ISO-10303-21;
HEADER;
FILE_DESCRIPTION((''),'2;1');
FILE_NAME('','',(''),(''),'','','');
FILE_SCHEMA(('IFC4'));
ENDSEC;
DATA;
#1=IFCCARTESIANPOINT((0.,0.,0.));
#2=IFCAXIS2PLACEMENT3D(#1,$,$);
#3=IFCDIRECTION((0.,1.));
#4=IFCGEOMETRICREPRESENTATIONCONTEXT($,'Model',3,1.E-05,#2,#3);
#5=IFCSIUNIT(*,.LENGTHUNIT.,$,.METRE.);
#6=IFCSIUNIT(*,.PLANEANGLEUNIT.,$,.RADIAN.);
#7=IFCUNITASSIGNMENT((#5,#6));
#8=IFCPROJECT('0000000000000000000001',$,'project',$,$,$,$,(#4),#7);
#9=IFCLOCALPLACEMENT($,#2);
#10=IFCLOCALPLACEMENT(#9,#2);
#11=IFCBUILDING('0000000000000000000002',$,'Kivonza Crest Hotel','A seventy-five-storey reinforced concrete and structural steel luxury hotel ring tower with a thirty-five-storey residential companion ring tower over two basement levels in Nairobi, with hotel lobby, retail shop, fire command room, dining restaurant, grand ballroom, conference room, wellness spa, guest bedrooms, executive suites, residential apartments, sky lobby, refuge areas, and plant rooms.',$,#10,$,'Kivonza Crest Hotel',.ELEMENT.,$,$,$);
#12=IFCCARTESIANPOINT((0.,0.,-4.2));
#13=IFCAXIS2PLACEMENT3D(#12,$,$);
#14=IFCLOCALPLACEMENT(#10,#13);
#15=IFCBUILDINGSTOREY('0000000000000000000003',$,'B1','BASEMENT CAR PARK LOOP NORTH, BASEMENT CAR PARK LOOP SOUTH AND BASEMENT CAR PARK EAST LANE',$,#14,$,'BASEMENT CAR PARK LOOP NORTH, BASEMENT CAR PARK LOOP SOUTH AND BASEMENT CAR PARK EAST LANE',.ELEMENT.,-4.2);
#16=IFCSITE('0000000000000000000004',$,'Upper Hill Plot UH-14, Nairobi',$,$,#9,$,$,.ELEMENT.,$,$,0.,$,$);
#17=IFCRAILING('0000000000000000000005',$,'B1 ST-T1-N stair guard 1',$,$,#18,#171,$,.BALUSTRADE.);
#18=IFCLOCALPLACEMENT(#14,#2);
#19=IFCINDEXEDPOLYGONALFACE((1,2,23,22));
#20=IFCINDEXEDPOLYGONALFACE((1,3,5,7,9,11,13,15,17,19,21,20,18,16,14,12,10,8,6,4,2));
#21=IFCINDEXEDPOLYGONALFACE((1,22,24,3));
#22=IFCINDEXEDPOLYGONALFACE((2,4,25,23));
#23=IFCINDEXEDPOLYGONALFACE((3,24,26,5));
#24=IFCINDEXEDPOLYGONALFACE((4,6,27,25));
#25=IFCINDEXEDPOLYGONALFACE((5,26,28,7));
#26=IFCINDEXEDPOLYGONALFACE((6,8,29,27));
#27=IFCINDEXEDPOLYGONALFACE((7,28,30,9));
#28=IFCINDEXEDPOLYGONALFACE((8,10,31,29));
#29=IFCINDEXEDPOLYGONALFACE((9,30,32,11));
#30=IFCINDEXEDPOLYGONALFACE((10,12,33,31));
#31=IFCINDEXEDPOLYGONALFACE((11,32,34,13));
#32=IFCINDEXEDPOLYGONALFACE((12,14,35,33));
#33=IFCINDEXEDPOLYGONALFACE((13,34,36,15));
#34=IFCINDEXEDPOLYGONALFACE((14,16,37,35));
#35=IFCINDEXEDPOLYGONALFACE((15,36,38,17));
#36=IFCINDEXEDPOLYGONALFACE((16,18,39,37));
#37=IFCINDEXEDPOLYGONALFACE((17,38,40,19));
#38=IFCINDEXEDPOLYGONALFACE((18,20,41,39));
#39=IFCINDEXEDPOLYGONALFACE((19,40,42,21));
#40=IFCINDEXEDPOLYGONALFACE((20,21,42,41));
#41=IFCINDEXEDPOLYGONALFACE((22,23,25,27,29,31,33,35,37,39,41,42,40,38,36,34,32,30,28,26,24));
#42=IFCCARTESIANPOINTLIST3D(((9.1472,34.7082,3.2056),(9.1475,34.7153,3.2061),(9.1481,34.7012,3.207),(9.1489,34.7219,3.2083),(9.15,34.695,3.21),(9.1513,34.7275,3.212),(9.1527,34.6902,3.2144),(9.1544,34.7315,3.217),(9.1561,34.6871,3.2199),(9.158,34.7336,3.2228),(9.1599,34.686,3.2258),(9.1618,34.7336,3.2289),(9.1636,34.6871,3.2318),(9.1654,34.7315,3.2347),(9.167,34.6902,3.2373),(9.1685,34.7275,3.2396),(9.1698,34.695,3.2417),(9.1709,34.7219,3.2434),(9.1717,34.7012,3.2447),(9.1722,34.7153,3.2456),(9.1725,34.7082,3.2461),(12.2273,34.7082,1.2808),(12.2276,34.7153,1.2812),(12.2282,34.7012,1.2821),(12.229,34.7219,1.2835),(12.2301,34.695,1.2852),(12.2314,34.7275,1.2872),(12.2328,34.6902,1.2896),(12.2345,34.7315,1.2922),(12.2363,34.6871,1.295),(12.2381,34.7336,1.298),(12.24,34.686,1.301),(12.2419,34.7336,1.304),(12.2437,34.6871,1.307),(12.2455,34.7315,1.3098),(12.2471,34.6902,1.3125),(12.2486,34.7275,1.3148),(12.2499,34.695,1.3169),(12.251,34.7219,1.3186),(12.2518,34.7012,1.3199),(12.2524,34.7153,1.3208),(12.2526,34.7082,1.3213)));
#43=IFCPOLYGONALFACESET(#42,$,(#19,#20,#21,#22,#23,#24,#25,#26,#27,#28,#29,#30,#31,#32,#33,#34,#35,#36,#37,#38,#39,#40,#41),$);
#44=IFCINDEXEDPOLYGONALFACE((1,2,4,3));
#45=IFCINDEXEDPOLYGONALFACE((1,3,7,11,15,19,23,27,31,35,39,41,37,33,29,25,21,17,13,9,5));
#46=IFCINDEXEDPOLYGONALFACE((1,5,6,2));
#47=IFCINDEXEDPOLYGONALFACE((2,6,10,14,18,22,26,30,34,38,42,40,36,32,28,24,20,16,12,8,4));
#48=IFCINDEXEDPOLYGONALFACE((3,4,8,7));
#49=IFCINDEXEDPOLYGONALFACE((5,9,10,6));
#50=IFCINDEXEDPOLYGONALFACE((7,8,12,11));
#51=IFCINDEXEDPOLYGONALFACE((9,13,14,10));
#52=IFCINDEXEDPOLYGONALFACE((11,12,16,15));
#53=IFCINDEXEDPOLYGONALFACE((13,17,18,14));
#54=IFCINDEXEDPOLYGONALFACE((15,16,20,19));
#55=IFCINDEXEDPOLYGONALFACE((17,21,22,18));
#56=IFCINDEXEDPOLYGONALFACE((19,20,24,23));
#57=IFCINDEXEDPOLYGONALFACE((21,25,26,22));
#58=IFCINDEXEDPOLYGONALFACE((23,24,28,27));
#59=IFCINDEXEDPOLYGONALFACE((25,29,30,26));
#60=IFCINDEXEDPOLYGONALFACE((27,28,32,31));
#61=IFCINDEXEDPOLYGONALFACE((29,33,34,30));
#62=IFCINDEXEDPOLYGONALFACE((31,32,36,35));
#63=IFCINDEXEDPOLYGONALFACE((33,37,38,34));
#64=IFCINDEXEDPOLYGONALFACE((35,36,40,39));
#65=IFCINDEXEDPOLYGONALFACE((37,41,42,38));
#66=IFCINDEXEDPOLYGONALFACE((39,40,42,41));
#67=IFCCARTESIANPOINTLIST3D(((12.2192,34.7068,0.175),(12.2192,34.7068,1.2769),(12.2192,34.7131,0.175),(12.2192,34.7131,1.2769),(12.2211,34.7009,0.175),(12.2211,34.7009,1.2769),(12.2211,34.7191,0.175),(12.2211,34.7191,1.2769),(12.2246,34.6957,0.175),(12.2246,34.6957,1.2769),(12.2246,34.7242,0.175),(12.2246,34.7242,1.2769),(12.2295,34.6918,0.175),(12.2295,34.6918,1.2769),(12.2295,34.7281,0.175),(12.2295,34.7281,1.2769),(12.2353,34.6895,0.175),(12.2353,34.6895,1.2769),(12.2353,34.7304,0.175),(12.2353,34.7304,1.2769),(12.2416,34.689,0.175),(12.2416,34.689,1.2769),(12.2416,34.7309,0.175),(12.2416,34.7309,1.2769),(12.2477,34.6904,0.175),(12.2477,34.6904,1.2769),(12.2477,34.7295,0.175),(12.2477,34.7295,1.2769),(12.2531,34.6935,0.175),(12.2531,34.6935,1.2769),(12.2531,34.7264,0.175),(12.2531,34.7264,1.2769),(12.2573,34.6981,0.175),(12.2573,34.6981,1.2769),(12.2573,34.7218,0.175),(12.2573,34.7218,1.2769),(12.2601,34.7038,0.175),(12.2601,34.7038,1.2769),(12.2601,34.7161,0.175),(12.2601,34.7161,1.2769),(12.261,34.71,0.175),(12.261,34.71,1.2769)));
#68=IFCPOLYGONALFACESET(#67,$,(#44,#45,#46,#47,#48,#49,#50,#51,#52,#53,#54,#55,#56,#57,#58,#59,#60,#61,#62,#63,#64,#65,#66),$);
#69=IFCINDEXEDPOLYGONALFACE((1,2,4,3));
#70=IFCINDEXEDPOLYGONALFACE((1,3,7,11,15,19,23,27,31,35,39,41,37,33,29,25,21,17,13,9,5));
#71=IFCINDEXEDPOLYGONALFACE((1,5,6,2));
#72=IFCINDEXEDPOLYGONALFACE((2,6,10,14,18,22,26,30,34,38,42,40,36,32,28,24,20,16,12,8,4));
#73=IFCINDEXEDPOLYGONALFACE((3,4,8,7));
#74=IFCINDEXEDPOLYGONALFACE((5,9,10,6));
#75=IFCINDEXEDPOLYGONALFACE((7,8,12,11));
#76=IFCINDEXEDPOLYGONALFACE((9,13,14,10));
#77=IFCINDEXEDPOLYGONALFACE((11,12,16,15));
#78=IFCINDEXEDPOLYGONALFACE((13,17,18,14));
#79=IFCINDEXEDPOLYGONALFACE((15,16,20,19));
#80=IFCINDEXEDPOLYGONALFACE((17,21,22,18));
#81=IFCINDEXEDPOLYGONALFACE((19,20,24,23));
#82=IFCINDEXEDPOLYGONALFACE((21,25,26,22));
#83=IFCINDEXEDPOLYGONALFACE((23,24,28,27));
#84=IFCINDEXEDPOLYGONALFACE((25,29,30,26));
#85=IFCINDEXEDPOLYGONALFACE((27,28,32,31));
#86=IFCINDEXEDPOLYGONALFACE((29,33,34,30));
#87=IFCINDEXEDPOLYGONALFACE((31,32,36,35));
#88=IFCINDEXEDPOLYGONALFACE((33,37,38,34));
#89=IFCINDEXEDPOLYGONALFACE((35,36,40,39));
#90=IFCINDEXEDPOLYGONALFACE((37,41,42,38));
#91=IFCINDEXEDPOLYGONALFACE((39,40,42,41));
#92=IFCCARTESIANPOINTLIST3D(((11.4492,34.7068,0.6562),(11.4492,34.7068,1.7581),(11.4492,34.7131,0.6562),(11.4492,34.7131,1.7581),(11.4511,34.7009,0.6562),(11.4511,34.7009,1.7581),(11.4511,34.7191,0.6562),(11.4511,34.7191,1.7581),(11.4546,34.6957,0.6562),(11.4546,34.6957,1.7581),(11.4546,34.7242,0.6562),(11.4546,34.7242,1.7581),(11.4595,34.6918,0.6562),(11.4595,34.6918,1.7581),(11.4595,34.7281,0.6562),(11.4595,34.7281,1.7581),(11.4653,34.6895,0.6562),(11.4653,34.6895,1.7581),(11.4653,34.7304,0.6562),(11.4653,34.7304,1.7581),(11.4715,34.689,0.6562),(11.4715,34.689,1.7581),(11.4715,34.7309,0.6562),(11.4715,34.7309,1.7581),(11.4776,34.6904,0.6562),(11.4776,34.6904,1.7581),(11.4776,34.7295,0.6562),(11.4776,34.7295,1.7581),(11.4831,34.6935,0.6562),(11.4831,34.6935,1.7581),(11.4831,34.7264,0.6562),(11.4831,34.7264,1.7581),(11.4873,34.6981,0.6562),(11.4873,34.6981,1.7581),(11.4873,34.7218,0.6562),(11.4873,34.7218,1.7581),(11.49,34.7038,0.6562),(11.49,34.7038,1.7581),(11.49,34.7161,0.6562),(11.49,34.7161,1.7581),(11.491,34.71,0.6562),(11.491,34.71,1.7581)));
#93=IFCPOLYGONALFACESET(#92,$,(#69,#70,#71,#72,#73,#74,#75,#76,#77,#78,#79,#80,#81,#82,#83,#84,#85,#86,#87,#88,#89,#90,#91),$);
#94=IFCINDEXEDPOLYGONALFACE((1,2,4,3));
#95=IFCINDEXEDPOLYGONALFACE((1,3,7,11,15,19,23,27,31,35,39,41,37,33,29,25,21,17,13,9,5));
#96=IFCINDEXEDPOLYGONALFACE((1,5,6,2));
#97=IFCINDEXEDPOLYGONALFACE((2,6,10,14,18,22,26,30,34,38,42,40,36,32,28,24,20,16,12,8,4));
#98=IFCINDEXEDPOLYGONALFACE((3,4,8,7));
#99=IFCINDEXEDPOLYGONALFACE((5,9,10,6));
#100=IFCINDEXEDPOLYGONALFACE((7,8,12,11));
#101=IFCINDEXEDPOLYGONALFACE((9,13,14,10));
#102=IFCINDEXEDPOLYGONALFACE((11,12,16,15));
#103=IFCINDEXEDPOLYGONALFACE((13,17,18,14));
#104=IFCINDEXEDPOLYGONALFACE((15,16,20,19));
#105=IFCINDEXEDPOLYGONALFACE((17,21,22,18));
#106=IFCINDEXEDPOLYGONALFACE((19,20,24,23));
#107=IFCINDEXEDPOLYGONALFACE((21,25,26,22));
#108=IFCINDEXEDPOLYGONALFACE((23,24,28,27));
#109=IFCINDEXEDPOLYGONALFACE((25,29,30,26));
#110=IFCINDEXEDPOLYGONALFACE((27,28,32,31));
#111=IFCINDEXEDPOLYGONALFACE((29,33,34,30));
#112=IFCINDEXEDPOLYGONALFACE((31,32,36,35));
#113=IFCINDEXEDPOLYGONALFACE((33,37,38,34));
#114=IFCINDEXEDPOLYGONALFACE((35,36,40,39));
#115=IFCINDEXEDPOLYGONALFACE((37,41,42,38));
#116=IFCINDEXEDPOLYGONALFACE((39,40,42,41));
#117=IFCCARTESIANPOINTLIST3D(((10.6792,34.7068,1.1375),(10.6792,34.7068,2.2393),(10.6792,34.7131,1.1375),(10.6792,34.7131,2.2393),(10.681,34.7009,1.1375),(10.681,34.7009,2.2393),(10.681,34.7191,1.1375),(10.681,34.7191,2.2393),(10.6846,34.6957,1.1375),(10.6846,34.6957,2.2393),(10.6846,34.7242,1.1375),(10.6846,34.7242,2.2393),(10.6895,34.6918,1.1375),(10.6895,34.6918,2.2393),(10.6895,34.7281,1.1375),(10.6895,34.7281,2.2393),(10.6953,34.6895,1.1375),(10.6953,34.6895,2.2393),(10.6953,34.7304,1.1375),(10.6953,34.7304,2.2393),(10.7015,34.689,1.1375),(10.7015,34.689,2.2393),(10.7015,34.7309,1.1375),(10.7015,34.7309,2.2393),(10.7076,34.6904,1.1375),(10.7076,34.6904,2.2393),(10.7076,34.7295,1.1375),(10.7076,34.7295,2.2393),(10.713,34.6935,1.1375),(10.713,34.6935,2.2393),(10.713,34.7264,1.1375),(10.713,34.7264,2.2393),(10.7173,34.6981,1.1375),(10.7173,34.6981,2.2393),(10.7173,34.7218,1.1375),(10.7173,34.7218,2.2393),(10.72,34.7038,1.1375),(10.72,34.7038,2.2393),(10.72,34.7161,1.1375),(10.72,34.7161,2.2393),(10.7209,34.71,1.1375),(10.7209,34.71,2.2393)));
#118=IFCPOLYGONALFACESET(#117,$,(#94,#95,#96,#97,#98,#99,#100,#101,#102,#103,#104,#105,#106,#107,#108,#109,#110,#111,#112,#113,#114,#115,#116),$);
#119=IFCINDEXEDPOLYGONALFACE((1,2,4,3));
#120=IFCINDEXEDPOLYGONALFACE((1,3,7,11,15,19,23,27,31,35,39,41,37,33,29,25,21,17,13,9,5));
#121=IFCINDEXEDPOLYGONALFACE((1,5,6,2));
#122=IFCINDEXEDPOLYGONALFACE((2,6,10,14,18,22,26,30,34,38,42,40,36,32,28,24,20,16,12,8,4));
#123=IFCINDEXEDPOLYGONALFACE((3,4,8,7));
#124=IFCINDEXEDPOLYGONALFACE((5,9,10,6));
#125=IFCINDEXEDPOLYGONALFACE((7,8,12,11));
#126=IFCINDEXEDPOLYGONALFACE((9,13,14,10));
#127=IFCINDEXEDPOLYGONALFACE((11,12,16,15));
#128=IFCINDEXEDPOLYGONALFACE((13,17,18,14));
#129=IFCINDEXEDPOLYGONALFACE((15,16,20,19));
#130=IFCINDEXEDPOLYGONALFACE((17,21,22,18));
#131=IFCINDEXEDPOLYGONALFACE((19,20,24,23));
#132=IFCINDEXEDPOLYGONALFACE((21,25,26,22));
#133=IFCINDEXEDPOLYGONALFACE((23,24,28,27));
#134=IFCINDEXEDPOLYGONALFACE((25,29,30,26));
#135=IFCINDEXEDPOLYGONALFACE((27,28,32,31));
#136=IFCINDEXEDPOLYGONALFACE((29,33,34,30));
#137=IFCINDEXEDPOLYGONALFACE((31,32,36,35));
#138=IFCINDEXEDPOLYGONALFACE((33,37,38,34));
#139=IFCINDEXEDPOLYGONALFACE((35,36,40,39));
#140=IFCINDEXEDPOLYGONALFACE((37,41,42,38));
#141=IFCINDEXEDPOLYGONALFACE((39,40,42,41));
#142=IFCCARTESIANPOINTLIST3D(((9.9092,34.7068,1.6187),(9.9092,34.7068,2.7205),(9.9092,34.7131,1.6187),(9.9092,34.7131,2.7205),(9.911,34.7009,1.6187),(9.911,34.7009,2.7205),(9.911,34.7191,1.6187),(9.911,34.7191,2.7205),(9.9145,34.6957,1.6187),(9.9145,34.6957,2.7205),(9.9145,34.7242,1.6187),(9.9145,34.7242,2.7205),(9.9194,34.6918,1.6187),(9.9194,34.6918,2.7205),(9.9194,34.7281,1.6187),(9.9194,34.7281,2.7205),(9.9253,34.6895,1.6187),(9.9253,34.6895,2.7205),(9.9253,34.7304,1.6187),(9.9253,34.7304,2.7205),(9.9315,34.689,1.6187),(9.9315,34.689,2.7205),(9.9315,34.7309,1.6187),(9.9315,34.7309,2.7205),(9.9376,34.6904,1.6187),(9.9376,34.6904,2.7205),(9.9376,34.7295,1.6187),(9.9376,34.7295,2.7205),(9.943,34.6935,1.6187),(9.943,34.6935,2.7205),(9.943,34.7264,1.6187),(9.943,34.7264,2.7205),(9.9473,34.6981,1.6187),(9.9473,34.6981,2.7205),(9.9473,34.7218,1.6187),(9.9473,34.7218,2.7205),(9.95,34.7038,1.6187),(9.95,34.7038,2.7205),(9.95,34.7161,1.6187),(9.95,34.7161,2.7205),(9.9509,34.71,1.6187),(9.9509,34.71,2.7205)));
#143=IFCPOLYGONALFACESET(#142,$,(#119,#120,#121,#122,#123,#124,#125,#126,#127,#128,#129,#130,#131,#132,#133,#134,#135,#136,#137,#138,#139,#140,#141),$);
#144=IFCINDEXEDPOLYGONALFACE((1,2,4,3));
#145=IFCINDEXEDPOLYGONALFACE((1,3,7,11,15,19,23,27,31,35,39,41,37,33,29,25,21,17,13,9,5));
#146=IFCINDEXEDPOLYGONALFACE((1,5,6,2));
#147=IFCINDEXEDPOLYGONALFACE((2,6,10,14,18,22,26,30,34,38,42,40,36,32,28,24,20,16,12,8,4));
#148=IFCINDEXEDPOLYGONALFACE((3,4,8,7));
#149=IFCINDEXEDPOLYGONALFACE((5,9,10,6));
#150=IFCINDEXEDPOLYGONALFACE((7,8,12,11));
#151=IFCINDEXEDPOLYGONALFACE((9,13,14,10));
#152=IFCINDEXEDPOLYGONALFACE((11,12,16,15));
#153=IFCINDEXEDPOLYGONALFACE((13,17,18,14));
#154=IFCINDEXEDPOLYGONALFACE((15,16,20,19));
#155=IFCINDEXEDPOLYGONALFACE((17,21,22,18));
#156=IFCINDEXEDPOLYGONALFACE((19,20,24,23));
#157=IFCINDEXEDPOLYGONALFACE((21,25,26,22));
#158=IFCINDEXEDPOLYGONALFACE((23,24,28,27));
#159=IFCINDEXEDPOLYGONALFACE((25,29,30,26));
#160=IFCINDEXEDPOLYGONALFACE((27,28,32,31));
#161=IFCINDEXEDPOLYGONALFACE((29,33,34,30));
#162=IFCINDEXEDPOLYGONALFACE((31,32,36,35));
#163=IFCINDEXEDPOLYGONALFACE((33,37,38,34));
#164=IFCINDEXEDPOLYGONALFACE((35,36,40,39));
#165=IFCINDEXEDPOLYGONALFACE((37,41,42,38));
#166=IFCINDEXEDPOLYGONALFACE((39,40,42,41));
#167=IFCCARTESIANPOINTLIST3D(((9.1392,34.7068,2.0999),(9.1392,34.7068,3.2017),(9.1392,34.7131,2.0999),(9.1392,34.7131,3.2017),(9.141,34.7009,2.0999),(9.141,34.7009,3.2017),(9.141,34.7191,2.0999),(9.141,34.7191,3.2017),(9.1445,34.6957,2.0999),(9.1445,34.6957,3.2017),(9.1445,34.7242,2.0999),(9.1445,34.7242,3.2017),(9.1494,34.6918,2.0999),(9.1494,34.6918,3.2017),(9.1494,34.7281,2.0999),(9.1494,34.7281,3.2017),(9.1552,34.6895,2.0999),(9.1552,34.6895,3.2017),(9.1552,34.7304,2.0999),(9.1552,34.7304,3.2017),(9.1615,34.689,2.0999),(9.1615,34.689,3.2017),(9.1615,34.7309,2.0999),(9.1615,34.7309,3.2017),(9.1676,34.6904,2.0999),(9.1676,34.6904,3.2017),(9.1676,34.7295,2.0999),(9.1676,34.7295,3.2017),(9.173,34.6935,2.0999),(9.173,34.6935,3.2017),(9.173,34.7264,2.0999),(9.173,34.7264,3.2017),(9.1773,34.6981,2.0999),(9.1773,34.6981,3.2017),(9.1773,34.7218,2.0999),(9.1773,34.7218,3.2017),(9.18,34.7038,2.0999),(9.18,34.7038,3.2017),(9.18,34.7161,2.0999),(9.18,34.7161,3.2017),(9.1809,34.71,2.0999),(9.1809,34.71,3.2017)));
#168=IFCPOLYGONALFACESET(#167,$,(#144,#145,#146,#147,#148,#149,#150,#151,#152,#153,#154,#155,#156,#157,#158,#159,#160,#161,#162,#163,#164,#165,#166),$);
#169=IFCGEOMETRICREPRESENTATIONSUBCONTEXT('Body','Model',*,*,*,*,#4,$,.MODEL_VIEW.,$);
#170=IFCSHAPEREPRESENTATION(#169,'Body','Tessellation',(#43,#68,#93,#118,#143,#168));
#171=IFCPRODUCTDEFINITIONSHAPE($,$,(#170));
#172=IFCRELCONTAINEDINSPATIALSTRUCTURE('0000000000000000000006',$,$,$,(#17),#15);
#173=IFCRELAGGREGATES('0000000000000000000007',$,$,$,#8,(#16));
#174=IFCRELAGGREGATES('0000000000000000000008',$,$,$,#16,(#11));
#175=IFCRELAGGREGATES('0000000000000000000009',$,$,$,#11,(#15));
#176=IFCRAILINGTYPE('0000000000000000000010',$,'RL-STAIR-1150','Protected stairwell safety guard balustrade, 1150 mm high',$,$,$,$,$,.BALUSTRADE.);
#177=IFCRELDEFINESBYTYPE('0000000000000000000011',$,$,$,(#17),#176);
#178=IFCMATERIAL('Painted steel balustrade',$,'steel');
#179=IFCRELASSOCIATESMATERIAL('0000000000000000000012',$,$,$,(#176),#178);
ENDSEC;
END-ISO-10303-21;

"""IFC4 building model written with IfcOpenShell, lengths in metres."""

from ifc_helpers import new_model, si_unit, direction, frame, origin, origin_2d, place, context, subcontext, project, spatial, circle, extrude, material, type_object, element, save


model = new_model("IFC4")

# Units and contexts
model_context = context("Model", 3, precision=1e-05, world=origin(), true_north=direction((0.0, 1.0)))
body_context = subcontext(model_context, "Body", "Model", "MODEL_VIEW")
ifc_project = project(units=[si_unit("LENGTHUNIT", "METRE"), si_unit("PLANEANGLEUNIT", "RADIAN")], contexts=[model_context])

# Site, building, storey
site_placement = place(None, origin())
site = spatial("IfcSite", under=ifc_project, at=site_placement, Name="Upper Hill Plot UH-14, Nairobi", CompositionType="ELEMENT", RefElevation=0.0)
building_placement = place(site_placement, origin())
building = spatial("IfcBuilding", under=site, at=building_placement, Name="Kivonza Crest Hotel", Description="A seventy-five-storey reinforced concrete and structural steel luxury hotel ring tower with a thirty-five-storey residential companion ring tower over two basement levels in Nairobi, with hotel lobby, retail shop, fire command room, dining restaurant, grand ballroom, conference room, wellness spa, guest bedrooms, executive suites, residential apartments, sky lobby, refuge areas, and plant rooms.", LongName="Kivonza Crest Hotel", CompositionType="ELEMENT")
storey_placement = place(building_placement, frame((0.0, 0.0, -4.2)))
storey = spatial("IfcBuildingStorey", under=building, at=storey_placement, Name="B1", Description="BASEMENT CAR PARK LOOP NORTH, BASEMENT CAR PARK LOOP SOUTH AND BASEMENT CAR PARK EAST LANE", LongName="BASEMENT CAR PARK LOOP NORTH, BASEMENT CAR PARK LOOP SOUTH AND BASEMENT CAR PARK EAST LANE", CompositionType="ELEMENT", Elevation=-4.2)

# Railing
ifc_material_1 = material(Name="Painted steel balustrade", Category="steel")
railing_type_1 = type_object("IfcRailingType", Name="RL-STAIR-1150", Description="Protected stairwell safety guard balustrade, 1150 mm high", PredefinedType="BALUSTRADE", material=ifc_material_1)
railing_1_placement = place(storey_placement, frame((12.24, 34.71, 0.175)))
element("IfcRailing", 1, at=railing_1_placement, inside=storey, type_object=railing_type_1, Name="B1 ST-T1-N stair guard 1", PredefinedType="BALUSTRADE", context=body_context, shape_type="SweptSolid", body=[
    extrude(circle(Radius=0.0239, at=origin_2d()), frame((0.0, 0.0, 1.126), z_axis=(-0.848029, 0.0, 0.529951), x_axis=(0.0, -1.0, 0.0)), (0.0, 0.0, 1.0), 3.6321),
    extrude(circle(Radius=0.021, at=origin_2d()), origin(), (0.0, 0.0, 1.0), 1.1018),
    extrude(circle(Radius=0.021, at=origin_2d()), frame((-0.77, 0.0, 0.4812)), (0.0, 0.0, 1.0), 1.1018),
    extrude(circle(Radius=0.021, at=origin_2d()), frame((-1.54, 0.0, 0.9624)), (0.0, 0.0, 1.0), 1.1018),
    extrude(circle(Radius=0.021, at=origin_2d()), frame((-2.3101, 0.0, 1.4436)), (0.0, 0.0, 1.0), 1.1018),
    extrude(circle(Radius=0.021, at=origin_2d()), frame((-3.0801, 0.0, 1.9248)), (0.0, 0.0, 1.0), 1.1018),
])

save(model, "model.ifc")
